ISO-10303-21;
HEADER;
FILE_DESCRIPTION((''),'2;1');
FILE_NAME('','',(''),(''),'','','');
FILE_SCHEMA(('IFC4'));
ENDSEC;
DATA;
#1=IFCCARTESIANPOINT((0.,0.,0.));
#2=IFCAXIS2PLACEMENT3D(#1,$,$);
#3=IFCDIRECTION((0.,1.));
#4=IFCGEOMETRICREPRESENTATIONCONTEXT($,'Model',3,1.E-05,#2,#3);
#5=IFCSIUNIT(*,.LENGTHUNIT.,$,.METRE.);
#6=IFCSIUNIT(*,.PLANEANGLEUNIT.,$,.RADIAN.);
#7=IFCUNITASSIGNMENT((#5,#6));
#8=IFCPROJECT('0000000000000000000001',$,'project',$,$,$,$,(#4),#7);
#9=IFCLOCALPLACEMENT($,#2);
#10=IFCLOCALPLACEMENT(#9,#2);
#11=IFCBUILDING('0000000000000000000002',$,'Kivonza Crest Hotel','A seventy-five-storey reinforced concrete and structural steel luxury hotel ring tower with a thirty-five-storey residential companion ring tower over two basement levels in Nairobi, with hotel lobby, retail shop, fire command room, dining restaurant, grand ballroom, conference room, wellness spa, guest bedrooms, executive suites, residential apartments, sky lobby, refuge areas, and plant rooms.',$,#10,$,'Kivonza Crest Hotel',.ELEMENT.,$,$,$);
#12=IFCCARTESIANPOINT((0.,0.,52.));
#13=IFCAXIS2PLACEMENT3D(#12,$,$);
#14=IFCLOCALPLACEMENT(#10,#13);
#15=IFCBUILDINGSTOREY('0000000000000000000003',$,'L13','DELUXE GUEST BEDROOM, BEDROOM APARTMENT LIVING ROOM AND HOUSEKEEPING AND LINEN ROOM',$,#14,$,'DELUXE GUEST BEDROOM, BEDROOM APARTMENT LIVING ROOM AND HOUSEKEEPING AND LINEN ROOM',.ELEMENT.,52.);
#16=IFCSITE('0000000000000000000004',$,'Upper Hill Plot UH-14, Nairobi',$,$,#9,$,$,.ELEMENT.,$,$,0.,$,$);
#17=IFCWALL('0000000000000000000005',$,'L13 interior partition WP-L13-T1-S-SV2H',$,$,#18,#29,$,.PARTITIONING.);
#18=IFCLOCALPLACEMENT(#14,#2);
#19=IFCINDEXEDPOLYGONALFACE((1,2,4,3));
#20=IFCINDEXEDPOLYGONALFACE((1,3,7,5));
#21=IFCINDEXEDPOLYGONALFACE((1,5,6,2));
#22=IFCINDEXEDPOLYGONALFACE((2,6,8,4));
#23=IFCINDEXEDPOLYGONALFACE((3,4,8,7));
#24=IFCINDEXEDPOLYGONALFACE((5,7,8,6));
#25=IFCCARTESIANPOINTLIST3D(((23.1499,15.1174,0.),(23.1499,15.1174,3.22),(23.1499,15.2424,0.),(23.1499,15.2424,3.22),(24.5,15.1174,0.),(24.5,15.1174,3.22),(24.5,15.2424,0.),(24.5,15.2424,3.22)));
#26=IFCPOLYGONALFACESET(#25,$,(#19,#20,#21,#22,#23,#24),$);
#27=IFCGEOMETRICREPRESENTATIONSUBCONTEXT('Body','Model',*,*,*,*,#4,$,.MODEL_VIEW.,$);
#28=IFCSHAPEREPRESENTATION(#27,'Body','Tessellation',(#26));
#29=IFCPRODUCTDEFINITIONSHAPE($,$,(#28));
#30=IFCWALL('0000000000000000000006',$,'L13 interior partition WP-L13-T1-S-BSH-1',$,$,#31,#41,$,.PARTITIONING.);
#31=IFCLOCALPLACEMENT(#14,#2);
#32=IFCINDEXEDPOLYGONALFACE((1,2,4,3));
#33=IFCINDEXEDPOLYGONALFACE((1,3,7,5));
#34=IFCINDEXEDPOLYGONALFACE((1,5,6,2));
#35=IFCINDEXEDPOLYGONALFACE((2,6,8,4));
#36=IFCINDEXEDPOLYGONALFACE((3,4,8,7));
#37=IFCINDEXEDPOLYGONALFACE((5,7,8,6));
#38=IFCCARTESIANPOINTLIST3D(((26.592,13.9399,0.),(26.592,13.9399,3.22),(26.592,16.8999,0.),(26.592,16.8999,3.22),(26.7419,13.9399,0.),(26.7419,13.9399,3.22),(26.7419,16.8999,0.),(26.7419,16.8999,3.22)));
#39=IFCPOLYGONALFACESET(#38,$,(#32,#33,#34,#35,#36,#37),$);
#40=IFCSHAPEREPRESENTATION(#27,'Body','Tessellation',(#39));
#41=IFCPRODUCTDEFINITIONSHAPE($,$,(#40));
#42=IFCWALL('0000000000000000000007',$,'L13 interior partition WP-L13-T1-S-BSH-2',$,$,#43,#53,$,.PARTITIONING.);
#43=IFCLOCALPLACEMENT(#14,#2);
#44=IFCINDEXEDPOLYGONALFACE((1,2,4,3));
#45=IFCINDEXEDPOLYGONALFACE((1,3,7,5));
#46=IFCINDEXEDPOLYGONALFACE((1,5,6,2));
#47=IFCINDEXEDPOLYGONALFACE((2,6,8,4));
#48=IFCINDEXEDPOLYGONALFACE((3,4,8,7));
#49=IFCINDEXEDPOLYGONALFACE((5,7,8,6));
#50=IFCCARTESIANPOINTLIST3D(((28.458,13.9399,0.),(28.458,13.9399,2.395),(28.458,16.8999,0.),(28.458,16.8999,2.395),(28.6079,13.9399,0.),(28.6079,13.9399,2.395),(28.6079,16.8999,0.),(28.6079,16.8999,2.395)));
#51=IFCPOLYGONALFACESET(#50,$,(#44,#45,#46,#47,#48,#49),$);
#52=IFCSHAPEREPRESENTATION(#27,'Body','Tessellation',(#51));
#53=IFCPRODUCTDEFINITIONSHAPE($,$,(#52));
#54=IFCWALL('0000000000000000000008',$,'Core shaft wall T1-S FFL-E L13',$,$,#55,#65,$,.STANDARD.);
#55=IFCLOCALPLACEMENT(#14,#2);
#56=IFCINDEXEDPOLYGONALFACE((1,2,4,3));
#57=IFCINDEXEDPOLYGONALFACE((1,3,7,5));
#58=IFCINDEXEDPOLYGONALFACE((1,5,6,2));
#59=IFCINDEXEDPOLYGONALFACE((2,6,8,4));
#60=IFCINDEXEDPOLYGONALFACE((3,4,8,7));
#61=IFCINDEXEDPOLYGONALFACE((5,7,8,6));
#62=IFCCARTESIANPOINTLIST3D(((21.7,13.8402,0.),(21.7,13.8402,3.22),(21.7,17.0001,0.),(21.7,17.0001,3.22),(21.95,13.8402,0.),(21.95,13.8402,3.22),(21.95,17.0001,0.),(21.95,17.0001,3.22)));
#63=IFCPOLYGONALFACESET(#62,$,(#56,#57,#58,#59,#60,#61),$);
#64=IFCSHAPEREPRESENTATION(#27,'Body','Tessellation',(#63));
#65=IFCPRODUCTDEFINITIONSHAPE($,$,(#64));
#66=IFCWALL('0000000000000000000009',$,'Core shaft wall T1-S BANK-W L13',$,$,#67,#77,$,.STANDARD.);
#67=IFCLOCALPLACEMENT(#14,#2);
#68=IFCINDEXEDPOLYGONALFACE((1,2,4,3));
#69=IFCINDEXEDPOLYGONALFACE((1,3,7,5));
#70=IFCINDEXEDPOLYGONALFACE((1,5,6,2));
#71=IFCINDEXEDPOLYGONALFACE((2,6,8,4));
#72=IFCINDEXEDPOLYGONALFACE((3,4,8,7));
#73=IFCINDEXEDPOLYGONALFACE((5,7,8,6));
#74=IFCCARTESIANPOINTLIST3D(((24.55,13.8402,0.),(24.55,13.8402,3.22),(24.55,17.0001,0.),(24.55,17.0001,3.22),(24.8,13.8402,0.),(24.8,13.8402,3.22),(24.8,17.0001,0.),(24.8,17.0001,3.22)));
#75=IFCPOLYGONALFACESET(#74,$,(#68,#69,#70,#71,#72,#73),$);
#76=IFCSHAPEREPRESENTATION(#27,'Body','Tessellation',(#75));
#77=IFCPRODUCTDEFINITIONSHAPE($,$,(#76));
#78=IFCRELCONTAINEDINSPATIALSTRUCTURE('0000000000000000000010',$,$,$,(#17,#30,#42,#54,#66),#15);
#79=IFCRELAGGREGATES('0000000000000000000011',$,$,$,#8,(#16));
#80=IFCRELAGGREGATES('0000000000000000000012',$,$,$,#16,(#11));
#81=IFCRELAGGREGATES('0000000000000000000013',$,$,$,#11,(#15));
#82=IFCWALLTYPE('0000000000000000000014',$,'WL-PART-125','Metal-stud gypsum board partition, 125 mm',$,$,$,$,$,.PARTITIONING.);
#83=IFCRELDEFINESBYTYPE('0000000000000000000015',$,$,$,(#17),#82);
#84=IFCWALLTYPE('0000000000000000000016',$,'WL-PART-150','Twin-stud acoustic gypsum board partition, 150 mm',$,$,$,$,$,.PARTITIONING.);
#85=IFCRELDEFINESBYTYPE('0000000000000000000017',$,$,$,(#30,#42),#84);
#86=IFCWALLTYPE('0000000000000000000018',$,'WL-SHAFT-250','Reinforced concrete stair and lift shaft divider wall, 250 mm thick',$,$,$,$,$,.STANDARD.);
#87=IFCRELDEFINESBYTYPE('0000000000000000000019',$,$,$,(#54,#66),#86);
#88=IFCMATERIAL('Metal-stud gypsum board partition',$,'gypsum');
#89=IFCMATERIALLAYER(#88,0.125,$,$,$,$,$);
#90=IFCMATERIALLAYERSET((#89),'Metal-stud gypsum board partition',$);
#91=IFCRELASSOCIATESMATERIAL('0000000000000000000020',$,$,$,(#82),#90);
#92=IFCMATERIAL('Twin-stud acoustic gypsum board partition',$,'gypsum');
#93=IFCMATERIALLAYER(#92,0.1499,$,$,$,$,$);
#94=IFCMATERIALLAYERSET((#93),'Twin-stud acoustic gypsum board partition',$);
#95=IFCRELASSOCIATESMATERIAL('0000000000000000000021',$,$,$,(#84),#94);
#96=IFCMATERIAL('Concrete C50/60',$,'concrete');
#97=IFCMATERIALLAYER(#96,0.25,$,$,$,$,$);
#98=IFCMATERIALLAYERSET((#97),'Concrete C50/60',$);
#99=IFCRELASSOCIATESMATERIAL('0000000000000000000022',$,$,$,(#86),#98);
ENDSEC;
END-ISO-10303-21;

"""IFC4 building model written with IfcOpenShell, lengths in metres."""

from ifc_helpers import new_model, si_unit, direction, frame, frame_2d, origin, place, context, subcontext, project, spatial, rectangle, extrude, material, layer, layer_set, type_object, element, save


model = new_model("IFC4")

# Units and contexts
model_context = context("Model", 3, precision=1e-05, world=origin(), true_north=direction((0.0, 1.0)))
body_context = subcontext(model_context, "Body", "Model", "MODEL_VIEW")
ifc_project = project(units=[si_unit("LENGTHUNIT", "METRE"), si_unit("PLANEANGLEUNIT", "RADIAN")], contexts=[model_context])

# Site, building, storey
site_placement = place(None, origin())
site = spatial("IfcSite", under=ifc_project, at=site_placement, Name="Upper Hill Plot UH-14, Nairobi", CompositionType="ELEMENT", RefElevation=0.0)
building_placement = place(site_placement, origin())
building = spatial("IfcBuilding", under=site, at=building_placement, Name="Kivonza Crest Hotel", Description="A seventy-five-storey reinforced concrete and structural steel luxury hotel ring tower with a thirty-five-storey residential companion ring tower over two basement levels in Nairobi, with hotel lobby, retail shop, fire command room, dining restaurant, grand ballroom, conference room, wellness spa, guest bedrooms, executive suites, residential apartments, sky lobby, refuge areas, and plant rooms.", LongName="Kivonza Crest Hotel", CompositionType="ELEMENT")
storey_placement = place(building_placement, frame((0.0, 0.0, 52.0)))
storey = spatial("IfcBuildingStorey", under=building, at=storey_placement, Name="L13", Description="DELUXE GUEST BEDROOM, BEDROOM APARTMENT LIVING ROOM AND HOUSEKEEPING AND LINEN ROOM", LongName="DELUXE GUEST BEDROOM, BEDROOM APARTMENT LIVING ROOM AND HOUSEKEEPING AND LINEN ROOM", CompositionType="ELEMENT", Elevation=52.0)

# Walls
ifc_material_1 = material(Name="Metal-stud gypsum board partition", Category="gypsum")
ifc_layer_1 = layer(ifc_material_1, 0.125)
ifc_layer_set_1 = layer_set([ifc_layer_1], Name="Metal-stud gypsum board partition")
wall_type_1 = type_object("IfcWallType", Name="WL-PART-125", Description="Metal-stud gypsum board partition, 125 mm", PredefinedType="PARTITIONING", material=ifc_layer_set_1)
wall_1_placement = place(storey_placement, frame((23.1499, 15.1799, 0.0), z_axis=(0.0, 0.0, 1.0), x_axis=(1.0, 0.0, 0.0)))
element("IfcWall", 1, at=wall_1_placement, inside=storey, type_object=wall_type_1, Name="L13 interior partition WP-L13-T1-S-SV2H", PredefinedType="PARTITIONING", context=body_context, shape_type="SweptSolid", body=[
    extrude(rectangle(XDim=1.3501, YDim=0.125, at=frame_2d((0.675, 0.0))), origin(), (0.0, 0.0, 1.0), 3.22),
])
ifc_material_2 = material(Name="Twin-stud acoustic gypsum board partition", Category="gypsum")
ifc_layer_2 = layer(ifc_material_2, 0.1499)
ifc_layer_set_2 = layer_set([ifc_layer_2], Name="Twin-stud acoustic gypsum board partition")
wall_type_2 = type_object("IfcWallType", Name="WL-PART-150", Description="Twin-stud acoustic gypsum board partition, 150 mm", PredefinedType="PARTITIONING", material=ifc_layer_set_2)
wall_2_placement = place(storey_placement, frame((26.667, 13.9399, 0.0), z_axis=(0.0, 0.0, 1.0), x_axis=(0.0, 1.0, 0.0)))
element("IfcWall", 2, at=wall_2_placement, inside=storey, type_object=wall_type_2, Name="L13 interior partition WP-L13-T1-S-BSH-1", PredefinedType="PARTITIONING", context=body_context, shape_type="SweptSolid", body=[
    extrude(rectangle(XDim=2.96, YDim=0.1499, at=frame_2d((1.48, 0.0))), origin(), (0.0, 0.0, 1.0), 3.22),
])
wall_3_placement = place(storey_placement, frame((28.533, 13.9399, 0.0), z_axis=(0.0, 0.0, 1.0), x_axis=(0.0, 1.0, 0.0)))
element("IfcWall", 3, at=wall_3_placement, inside=storey, type_object=wall_type_2, Name="L13 interior partition WP-L13-T1-S-BSH-2", PredefinedType="PARTITIONING", context=body_context, shape_type="SweptSolid", body=[
    extrude(rectangle(XDim=2.96, YDim=0.1499, at=frame_2d((1.48, 0.0))), origin(), (0.0, 0.0, 1.0), 2.395),
])

# Shared definitions
ifc_material_3 = material(Name="Concrete C50/60", Category="concrete")
ifc_layer_3 = layer(ifc_material_3, 0.25)
ifc_layer_set_3 = layer_set([ifc_layer_3], Name="Concrete C50/60")
wall_type_3 = type_object("IfcWallType", Name="WL-SHAFT-250", Description="Reinforced concrete stair and lift shaft divider wall, 250 mm thick", PredefinedType="STANDARD", material=ifc_layer_set_3)

# Walls
for number, where, z_axis, x_axis, name in (
    (4, (21.825, 13.8401, 0.0), (0.0, 0.0, 1.0), (0.0, 1.0, 0.0), "Core shaft wall T1-S FFL-E L13"),
    (5, (24.675, 13.8401, 0.0), (0.0, 0.0, 1.0), (0.0, 1.0, 0.0), "Core shaft wall T1-S BANK-W L13"),
):
    element("IfcWall", number, at=place(storey_placement, frame(where, z_axis=z_axis, x_axis=x_axis)), inside=storey, type_object=wall_type_3, Name=name, PredefinedType="STANDARD", context=body_context, shape_type="SweptSolid", body=[
        extrude(rectangle(XDim=3.1599, YDim=0.25, at=frame_2d((1.5801, 0.0))), origin(), (0.0, 0.0, 1.0), 3.22),
    ])

save(model, "model.ifc")
